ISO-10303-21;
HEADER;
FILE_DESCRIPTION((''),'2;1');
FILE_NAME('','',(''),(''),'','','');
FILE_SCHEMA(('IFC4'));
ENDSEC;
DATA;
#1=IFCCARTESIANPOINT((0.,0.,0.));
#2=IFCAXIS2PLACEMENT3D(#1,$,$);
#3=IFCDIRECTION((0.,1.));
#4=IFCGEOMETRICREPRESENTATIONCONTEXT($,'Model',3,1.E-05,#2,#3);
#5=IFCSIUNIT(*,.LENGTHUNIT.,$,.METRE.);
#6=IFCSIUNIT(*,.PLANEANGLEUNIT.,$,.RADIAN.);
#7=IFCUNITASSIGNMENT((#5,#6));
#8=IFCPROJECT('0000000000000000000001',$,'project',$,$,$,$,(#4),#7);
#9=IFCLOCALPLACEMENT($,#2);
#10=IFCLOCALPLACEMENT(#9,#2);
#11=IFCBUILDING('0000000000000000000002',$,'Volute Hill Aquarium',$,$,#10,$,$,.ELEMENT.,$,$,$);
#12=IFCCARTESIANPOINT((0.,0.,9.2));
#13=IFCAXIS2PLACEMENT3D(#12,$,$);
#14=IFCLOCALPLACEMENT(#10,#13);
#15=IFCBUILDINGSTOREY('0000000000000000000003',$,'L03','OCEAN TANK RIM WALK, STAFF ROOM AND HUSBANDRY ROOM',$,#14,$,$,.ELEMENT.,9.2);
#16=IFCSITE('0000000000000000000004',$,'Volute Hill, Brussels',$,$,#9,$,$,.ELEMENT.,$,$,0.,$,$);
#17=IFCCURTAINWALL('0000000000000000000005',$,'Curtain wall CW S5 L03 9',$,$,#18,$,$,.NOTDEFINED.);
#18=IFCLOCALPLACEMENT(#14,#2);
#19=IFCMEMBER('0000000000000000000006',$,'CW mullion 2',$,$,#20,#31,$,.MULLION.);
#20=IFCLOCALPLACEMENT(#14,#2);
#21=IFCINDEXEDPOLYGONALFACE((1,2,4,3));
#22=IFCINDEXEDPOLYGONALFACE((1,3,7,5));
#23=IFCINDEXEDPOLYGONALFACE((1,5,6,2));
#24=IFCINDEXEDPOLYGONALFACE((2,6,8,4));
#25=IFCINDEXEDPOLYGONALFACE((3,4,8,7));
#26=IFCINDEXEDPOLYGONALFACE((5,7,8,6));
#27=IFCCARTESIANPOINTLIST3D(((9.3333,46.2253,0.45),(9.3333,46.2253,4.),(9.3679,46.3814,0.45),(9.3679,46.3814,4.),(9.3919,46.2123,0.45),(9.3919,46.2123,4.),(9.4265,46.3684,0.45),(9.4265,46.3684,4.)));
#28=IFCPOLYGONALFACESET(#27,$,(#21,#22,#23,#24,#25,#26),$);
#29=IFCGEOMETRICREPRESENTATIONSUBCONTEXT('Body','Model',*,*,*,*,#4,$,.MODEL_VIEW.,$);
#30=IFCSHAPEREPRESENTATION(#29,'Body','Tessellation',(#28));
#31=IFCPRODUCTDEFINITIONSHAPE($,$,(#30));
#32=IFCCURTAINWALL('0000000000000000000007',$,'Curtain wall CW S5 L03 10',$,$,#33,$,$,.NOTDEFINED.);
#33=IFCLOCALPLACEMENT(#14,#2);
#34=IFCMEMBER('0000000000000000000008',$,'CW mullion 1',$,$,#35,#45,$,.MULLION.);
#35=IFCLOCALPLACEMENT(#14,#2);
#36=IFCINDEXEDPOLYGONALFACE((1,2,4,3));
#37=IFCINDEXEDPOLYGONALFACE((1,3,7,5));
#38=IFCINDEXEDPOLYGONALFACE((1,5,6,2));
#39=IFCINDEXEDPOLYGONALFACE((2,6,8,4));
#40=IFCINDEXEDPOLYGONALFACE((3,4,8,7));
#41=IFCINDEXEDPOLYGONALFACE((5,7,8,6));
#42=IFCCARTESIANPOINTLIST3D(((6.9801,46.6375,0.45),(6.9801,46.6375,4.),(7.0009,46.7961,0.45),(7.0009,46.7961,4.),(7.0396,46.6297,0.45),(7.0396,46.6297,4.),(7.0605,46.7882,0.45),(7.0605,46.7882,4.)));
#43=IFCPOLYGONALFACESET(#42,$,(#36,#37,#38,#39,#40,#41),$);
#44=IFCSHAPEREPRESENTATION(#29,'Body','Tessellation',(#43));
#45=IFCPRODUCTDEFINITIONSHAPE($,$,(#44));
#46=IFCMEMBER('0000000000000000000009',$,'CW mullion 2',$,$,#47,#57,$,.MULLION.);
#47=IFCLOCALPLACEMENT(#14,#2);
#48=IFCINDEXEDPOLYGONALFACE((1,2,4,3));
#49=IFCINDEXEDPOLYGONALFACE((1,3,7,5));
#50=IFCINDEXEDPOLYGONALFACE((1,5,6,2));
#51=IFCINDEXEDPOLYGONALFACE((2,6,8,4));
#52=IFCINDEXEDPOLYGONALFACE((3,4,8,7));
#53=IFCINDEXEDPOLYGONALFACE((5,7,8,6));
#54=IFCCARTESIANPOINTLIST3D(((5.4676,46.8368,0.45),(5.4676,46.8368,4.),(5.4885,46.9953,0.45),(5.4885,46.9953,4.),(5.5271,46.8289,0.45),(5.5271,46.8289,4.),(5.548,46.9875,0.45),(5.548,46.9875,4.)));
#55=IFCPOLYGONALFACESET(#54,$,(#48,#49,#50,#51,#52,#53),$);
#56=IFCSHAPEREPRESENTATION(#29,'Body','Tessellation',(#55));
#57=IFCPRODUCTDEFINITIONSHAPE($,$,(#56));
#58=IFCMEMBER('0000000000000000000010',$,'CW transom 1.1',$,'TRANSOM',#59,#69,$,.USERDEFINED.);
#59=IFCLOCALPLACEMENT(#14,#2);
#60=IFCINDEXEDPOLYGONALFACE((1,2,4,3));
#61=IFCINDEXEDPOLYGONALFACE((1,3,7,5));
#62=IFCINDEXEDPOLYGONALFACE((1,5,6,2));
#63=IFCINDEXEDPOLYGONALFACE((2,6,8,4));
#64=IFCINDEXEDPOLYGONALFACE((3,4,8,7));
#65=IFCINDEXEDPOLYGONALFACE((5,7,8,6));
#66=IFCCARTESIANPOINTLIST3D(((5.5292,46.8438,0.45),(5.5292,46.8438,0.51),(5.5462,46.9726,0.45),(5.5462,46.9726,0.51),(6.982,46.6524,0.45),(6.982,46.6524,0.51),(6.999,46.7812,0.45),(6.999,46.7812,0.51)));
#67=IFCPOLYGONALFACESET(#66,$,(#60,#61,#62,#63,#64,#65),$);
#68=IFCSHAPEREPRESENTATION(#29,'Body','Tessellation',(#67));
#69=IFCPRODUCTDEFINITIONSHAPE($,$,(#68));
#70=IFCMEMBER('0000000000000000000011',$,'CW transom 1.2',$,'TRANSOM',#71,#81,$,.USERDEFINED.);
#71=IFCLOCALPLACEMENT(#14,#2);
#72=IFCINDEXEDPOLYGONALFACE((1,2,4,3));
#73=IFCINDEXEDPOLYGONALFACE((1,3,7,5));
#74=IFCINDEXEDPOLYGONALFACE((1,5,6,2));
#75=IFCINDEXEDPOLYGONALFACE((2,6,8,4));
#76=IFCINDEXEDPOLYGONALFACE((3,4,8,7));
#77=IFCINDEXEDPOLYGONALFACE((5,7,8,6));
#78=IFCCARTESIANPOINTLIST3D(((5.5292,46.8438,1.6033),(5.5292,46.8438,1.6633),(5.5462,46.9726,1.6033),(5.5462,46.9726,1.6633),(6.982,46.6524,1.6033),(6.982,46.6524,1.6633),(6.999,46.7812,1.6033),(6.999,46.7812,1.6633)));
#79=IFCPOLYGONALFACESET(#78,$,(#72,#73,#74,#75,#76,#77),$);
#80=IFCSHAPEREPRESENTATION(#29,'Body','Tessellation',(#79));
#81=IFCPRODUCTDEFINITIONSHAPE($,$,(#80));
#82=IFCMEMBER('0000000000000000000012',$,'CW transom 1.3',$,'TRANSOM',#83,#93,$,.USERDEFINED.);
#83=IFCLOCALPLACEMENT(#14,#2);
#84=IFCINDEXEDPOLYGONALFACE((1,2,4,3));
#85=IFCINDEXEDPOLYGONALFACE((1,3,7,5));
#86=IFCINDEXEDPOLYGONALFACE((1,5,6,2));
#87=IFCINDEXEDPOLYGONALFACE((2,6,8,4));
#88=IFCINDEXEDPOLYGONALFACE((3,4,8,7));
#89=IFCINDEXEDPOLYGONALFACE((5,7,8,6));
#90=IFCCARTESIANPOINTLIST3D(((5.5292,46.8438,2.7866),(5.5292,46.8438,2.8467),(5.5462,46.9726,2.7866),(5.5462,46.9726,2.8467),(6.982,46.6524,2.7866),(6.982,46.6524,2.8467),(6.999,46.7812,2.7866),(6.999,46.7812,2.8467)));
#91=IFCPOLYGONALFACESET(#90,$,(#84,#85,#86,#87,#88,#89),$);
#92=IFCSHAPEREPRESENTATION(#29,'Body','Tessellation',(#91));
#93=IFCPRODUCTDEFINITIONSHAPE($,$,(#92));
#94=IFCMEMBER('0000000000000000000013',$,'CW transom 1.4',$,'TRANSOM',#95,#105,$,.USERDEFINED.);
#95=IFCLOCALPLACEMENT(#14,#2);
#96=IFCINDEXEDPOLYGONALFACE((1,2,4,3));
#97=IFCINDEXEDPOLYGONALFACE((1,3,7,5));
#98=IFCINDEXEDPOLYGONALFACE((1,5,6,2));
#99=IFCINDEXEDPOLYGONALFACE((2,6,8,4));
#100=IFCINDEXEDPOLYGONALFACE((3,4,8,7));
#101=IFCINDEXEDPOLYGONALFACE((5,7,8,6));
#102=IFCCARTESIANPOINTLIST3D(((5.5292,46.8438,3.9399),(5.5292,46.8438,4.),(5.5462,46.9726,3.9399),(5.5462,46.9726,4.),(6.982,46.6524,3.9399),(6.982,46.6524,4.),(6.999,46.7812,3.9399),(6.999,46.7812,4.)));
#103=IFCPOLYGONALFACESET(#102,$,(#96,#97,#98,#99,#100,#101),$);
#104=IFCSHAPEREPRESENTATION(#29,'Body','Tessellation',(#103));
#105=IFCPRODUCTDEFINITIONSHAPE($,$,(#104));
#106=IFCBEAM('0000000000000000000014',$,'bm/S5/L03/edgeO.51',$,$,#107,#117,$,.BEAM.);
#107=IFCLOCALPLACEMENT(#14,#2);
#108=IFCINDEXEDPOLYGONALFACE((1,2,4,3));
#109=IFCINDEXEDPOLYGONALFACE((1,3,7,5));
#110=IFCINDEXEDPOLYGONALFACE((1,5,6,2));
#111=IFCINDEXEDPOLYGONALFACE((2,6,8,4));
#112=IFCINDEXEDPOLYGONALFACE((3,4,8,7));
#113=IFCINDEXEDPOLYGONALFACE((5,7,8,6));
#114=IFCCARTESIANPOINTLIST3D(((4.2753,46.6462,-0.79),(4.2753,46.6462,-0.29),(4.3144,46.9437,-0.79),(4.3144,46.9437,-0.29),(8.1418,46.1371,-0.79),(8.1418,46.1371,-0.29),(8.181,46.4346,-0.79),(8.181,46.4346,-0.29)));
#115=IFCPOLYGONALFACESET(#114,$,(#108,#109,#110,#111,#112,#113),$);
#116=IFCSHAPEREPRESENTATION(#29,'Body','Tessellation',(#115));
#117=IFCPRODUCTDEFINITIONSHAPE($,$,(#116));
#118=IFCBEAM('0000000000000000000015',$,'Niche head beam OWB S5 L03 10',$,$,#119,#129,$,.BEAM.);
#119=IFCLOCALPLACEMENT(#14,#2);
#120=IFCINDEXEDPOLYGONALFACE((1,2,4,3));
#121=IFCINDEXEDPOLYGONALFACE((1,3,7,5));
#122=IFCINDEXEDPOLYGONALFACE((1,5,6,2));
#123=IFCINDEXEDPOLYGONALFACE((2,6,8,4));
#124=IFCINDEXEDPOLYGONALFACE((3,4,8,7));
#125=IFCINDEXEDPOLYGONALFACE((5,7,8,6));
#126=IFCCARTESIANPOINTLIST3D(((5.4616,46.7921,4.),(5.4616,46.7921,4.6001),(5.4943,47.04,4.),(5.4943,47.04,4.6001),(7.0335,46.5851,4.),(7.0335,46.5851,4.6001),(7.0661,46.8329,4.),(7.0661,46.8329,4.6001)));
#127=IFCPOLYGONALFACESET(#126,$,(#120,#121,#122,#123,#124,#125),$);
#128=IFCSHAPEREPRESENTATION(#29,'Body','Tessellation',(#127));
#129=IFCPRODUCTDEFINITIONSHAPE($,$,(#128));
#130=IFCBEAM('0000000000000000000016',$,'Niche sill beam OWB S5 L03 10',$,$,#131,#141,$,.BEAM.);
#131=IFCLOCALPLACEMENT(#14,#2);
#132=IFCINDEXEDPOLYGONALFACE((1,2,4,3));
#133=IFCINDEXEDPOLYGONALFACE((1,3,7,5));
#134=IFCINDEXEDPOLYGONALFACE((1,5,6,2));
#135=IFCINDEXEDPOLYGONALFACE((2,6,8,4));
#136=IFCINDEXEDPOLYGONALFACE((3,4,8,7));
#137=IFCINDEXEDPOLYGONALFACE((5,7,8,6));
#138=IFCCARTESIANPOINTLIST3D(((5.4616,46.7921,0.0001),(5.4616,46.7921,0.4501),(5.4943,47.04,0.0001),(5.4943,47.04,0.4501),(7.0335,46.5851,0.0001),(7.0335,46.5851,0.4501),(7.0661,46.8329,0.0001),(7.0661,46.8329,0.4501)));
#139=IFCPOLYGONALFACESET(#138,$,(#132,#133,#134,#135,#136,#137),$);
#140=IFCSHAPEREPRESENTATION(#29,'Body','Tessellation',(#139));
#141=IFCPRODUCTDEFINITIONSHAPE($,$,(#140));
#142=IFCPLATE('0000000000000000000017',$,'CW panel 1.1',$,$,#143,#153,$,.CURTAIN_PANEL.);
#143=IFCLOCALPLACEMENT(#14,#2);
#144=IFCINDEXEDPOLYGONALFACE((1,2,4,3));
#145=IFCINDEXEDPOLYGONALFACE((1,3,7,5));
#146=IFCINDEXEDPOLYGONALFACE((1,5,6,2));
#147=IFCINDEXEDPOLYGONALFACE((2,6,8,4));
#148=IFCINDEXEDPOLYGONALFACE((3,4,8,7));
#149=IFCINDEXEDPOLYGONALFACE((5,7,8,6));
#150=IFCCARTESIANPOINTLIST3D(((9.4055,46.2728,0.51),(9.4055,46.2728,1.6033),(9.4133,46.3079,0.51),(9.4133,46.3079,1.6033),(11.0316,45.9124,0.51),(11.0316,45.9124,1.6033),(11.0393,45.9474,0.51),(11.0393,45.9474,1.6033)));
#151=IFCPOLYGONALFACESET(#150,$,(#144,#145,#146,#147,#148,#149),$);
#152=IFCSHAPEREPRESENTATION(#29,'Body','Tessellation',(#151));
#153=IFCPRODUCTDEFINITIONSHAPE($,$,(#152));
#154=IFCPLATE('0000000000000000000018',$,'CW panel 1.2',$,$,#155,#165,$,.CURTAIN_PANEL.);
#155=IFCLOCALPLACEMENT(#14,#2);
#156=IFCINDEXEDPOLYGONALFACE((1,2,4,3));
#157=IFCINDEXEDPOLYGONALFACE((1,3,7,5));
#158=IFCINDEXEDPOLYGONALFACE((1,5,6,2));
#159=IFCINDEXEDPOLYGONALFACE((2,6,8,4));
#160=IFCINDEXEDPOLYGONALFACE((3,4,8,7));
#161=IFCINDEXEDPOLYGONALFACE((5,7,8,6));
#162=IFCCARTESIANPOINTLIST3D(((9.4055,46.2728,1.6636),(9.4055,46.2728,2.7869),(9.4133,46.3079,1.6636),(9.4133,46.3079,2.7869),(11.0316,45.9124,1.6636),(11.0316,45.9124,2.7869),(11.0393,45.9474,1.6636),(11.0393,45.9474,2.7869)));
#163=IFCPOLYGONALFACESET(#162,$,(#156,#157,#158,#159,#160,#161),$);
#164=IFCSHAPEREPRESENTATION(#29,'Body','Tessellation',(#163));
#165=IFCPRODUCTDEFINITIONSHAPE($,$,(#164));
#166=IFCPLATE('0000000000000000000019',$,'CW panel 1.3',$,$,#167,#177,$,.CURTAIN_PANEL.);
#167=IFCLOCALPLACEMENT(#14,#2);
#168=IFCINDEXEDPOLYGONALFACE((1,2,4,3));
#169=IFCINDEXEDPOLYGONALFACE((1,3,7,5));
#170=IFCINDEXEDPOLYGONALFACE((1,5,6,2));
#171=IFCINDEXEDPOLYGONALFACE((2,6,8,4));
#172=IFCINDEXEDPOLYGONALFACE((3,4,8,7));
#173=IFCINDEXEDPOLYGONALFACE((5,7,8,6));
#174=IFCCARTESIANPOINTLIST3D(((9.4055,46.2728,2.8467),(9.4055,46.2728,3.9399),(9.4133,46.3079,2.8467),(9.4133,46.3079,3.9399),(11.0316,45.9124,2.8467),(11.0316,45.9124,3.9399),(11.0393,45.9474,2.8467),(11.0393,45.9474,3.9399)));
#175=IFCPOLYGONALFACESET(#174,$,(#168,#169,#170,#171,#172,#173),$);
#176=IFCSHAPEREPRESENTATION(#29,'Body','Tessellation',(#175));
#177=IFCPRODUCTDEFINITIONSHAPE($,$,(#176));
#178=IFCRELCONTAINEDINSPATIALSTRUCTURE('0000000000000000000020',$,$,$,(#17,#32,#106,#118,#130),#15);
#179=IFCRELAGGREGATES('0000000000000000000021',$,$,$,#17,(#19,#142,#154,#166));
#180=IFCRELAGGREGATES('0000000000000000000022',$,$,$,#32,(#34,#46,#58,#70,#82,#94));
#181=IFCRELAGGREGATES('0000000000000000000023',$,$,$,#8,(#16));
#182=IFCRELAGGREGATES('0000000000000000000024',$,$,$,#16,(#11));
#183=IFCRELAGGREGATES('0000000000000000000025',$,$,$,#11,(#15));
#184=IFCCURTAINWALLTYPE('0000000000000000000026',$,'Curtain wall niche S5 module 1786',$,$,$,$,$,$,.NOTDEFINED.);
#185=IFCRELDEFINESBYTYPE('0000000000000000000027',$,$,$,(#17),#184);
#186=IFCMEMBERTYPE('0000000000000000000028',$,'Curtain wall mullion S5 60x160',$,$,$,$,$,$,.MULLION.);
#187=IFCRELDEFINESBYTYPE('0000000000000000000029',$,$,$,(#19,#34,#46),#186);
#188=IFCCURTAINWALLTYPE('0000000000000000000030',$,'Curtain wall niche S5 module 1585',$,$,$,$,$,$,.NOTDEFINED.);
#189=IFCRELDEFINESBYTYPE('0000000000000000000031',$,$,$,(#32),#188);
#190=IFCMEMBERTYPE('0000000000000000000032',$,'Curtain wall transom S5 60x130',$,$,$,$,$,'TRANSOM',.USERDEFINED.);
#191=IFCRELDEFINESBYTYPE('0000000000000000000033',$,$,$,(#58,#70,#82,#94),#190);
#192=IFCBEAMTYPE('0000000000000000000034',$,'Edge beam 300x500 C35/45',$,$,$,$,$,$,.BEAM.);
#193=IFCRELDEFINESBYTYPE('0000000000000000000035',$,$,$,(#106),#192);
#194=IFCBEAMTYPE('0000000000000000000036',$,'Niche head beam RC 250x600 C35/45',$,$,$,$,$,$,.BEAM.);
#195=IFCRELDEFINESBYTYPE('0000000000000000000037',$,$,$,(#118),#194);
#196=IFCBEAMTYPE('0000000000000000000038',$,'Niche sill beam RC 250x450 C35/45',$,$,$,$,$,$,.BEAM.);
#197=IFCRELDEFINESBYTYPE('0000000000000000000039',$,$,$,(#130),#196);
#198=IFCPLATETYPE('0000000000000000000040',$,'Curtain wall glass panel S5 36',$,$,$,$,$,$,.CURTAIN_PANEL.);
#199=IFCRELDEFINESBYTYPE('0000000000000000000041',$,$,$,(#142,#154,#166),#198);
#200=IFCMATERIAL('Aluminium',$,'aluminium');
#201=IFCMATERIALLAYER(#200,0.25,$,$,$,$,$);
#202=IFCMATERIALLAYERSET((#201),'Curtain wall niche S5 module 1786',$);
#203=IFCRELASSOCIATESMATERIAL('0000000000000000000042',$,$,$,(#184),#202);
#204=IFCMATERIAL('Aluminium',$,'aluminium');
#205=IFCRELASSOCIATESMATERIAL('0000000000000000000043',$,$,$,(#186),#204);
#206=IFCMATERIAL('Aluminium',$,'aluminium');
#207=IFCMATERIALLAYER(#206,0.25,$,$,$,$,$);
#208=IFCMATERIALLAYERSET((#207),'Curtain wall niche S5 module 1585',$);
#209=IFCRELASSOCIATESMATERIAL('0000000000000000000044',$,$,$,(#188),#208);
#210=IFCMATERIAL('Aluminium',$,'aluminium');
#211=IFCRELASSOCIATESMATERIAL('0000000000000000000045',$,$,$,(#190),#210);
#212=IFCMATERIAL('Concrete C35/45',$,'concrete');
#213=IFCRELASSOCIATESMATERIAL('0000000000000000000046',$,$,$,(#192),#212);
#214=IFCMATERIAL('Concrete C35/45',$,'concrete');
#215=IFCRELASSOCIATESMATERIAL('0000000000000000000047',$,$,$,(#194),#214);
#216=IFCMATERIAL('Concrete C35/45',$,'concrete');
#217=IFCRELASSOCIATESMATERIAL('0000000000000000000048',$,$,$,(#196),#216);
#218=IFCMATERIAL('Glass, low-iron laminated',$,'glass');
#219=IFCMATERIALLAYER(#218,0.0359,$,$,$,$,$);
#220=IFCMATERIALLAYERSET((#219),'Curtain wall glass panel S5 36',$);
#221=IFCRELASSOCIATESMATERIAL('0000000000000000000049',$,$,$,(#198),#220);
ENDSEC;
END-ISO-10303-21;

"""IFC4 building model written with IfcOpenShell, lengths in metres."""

from ifc_helpers import new_model, si_unit, direction, frame, origin, origin_2d, place, context, subcontext, project, spatial, rectangle, extrude, material, layer, layer_set, material_profile, profile_set, type_object, element, aggregate, save


model = new_model("IFC4")

# Units and contexts
model_context = context("Model", 3, precision=1e-05, world=origin(), true_north=direction((0.0, 1.0)))
body_context = subcontext(model_context, "Body", "Model", "MODEL_VIEW")
ifc_project = project(units=[si_unit("LENGTHUNIT", "METRE"), si_unit("PLANEANGLEUNIT", "RADIAN")], contexts=[model_context])

# Site, building, storey
site_placement = place(None, origin())
site = spatial("IfcSite", under=ifc_project, at=site_placement, Name="Volute Hill, Brussels", CompositionType="ELEMENT", RefElevation=0.0)
building_placement = place(site_placement, origin())
building = spatial("IfcBuilding", under=site, at=building_placement, Name="Volute Hill Aquarium", CompositionType="ELEMENT")
storey_placement = place(building_placement, frame((0.0, 0.0, 9.2)))
storey = spatial("IfcBuildingStorey", under=building, at=storey_placement, Name="L03", Description="OCEAN TANK RIM WALK, STAFF ROOM AND HUSBANDRY ROOM", CompositionType="ELEMENT", Elevation=9.2)

# Curtain wall, member
ifc_material_1 = material(Name="Aluminium", Category="aluminium")
ifc_layer_1 = layer(ifc_material_1, 0.25)
ifc_layer_set_1 = layer_set([ifc_layer_1], Name="Curtain wall niche S5 module 1786")
curtain_wall_type_1 = type_object("IfcCurtainWallType", Name="Curtain wall niche S5 module 1786", PredefinedType="NOTDEFINED", material=ifc_layer_set_1)
curtain_wall_1_placement = place(storey_placement, origin())
curtain_wall_1 = element("IfcCurtainWall", 1, at=curtain_wall_1_placement, inside=storey, type_object=curtain_wall_type_1, Name="Curtain wall CW S5 L03 9", PredefinedType="NOTDEFINED")
ifc_material_2 = material(Name="Aluminium", Category="aluminium")
ifc_material_profile_1 = material_profile(ifc_material_2, rectangle(XDim=0.1599, YDim=0.0601, at=origin_2d()), Name="Curtain wall mullion S5 60x160")
ifc_profile_set_1 = profile_set([ifc_material_profile_1], Name="Aluminium")
member_type_1 = type_object("IfcMemberType", Name="Curtain wall mullion S5 60x160", PredefinedType="MULLION", material=ifc_profile_set_1)
member_1_placement = place(storey_placement, frame((9.3799, 46.2969, 0.45), z_axis=(0.0, 0.0, 1.0), x_axis=(-0.216422, -0.9763, 0.0)))
member_1 = element("IfcMember", 2, at=member_1_placement, type_object=member_type_1, Name="CW mullion 2", PredefinedType="MULLION", context=body_context, shape_type="SweptSolid", body=[
    extrude(rectangle(XDim=0.1599, YDim=0.0601, at=origin_2d()), origin(), (0.0, 0.0, 1.0), 3.55),
])

# Curtain wall, members
ifc_material_3 = material(Name="Aluminium", Category="aluminium")
ifc_layer_2 = layer(ifc_material_3, 0.25)
ifc_layer_set_2 = layer_set([ifc_layer_2], Name="Curtain wall niche S5 module 1585")
curtain_wall_type_2 = type_object("IfcCurtainWallType", Name="Curtain wall niche S5 module 1585", PredefinedType="NOTDEFINED", material=ifc_layer_set_2)
curtain_wall_2_placement = place(storey_placement, origin())
curtain_wall_2 = element("IfcCurtainWall", 3, at=curtain_wall_2_placement, inside=storey, type_object=curtain_wall_type_2, Name="Curtain wall CW S5 L03 10", PredefinedType="NOTDEFINED")
member_2_placement = place(storey_placement, frame((7.0203, 46.7129, 0.45), z_axis=(0.0, 0.0, 1.0), x_axis=(-0.130539, -0.991443, 0.0)))
member_2 = element("IfcMember", 4, at=member_2_placement, type_object=member_type_1, Name="CW mullion 1", PredefinedType="MULLION", context=body_context, shape_type="SweptSolid", body=[
    extrude(rectangle(XDim=0.1599, YDim=0.0601, at=origin_2d()), origin(), (0.0, 0.0, 1.0), 3.55),
])
member_3_placement = place(storey_placement, frame((5.5078, 46.9121, 0.45), z_axis=(0.0, 0.0, 1.0), x_axis=(-0.130539, -0.991443, 0.0)))
member_3 = element("IfcMember", 5, at=member_3_placement, type_object=member_type_1, Name="CW mullion 2", PredefinedType="MULLION", context=body_context, shape_type="SweptSolid", body=[
    extrude(rectangle(XDim=0.1599, YDim=0.0601, at=origin_2d()), origin(), (0.0, 0.0, 1.0), 3.55),
])
ifc_material_4 = material(Name="Aluminium", Category="aluminium")
ifc_material_profile_2 = material_profile(ifc_material_4, rectangle(XDim=0.1299, YDim=0.0601, at=origin_2d()), Name="Curtain wall transom S5 60x130")
ifc_profile_set_2 = profile_set([ifc_material_profile_2], Name="Aluminium")
member_type_2 = type_object("IfcMemberType", Name="Curtain wall transom S5 60x130", ElementType="TRANSOM", PredefinedType="USERDEFINED", material=ifc_profile_set_2)
member_4_placement = place(storey_placement, frame((6.9905, 46.7168, 0.48), z_axis=(-0.991433, 0.130614, 0.0), x_axis=(-0.130614, -0.991433, 0.0)))
member_4 = element("IfcMember", 6, at=member_4_placement, type_object=member_type_2, Name="CW transom 1.1", ObjectType="TRANSOM", PredefinedType="USERDEFINED", context=body_context, shape_type="SweptSolid", body=[
    extrude(rectangle(XDim=0.1299, YDim=0.0601, at=origin_2d()), origin(), (0.0, 0.0, 1.0), 1.4653),
])
member_5_placement = place(storey_placement, frame((6.9905, 46.7168, 1.6333), z_axis=(-0.991433, 0.130614, 0.0), x_axis=(-0.130614, -0.991433, 0.0)))
member_5 = element("IfcMember", 7, at=member_5_placement, type_object=member_type_2, Name="CW transom 1.2", ObjectType="TRANSOM", PredefinedType="USERDEFINED", context=body_context, shape_type="SweptSolid", body=[
    extrude(rectangle(XDim=0.1299, YDim=0.0601, at=origin_2d()), origin(), (0.0, 0.0, 1.0), 1.4653),
])
member_6_placement = place(storey_placement, frame((6.9905, 46.7168, 2.8167), z_axis=(-0.991433, 0.130614, 0.0), x_axis=(-0.130614, -0.991433, 0.0)))
member_6 = element("IfcMember", 8, at=member_6_placement, type_object=member_type_2, Name="CW transom 1.3", ObjectType="TRANSOM", PredefinedType="USERDEFINED", context=body_context, shape_type="SweptSolid", body=[
    extrude(rectangle(XDim=0.1299, YDim=0.0601, at=origin_2d()), origin(), (0.0, 0.0, 1.0), 1.4653),
])
member_7_placement = place(storey_placement, frame((6.9905, 46.7168, 3.97), z_axis=(-0.991433, 0.130614, 0.0), x_axis=(-0.130614, -0.991433, 0.0)))
member_7 = element("IfcMember", 9, at=member_7_placement, type_object=member_type_2, Name="CW transom 1.4", ObjectType="TRANSOM", PredefinedType="USERDEFINED", context=body_context, shape_type="SweptSolid", body=[
    extrude(rectangle(XDim=0.1299, YDim=0.0601, at=origin_2d()), origin(), (0.0, 0.0, 1.0), 1.4653),
])

# Beams
ifc_material_5 = material(Name="Concrete C35/45", Category="concrete")
ifc_material_profile_3 = material_profile(ifc_material_5, rectangle(XDim=0.3, YDim=0.5, at=origin_2d()), Name="RC edge beam 300x500")
ifc_profile_set_3 = profile_set([ifc_material_profile_3], Name="Concrete C35/45")
beam_type_1 = type_object("IfcBeamType", Name="Edge beam 300x500 C35/45", PredefinedType="BEAM", material=ifc_profile_set_3)
beam_1_placement = place(storey_placement, frame((8.1614, 46.2859, -0.54), z_axis=(-0.991445, 0.130527, 0.0), x_axis=(-0.130527, -0.991445, 0.0)))
element("IfcBeam", 10, at=beam_1_placement, inside=storey, type_object=beam_type_1, Name="bm/S5/L03/edgeO.51", PredefinedType="BEAM", context=body_context, shape_type="SweptSolid", body=[
    extrude(rectangle(XDim=0.3, YDim=0.5, at=origin_2d()), origin(), (0.0, 0.0, 1.0), 3.8999),
])
ifc_material_6 = material(Name="Concrete C35/45", Category="concrete")
ifc_material_profile_4 = material_profile(ifc_material_6, rectangle(XDim=0.25, YDim=0.6001, at=origin_2d()), Name="RC beam 250x600")
ifc_profile_set_4 = profile_set([ifc_material_profile_4], Name="Concrete C35/45")
beam_type_2 = type_object("IfcBeamType", Name="Niche head beam RC 250x600 C35/45", PredefinedType="BEAM", material=ifc_profile_set_4)
beam_2_placement = place(storey_placement, frame((7.0498, 46.709, 4.3), z_axis=(-0.991436, 0.13059, 0.0), x_axis=(-0.13059, -0.991436, 0.0)))
element("IfcBeam", 11, at=beam_2_placement, inside=storey, type_object=beam_type_2, Name="Niche head beam OWB S5 L03 10", PredefinedType="BEAM", context=body_context, shape_type="SweptSolid", body=[
    extrude(rectangle(XDim=0.25, YDim=0.6001, at=origin_2d()), origin(), (0.0, 0.0, 1.0), 1.5854),
])
ifc_material_7 = material(Name="Concrete C35/45", Category="concrete")
ifc_material_profile_5 = material_profile(ifc_material_7, rectangle(XDim=0.25, YDim=0.45, at=origin_2d()), Name="RC beam 250x450")
ifc_profile_set_5 = profile_set([ifc_material_profile_5], Name="Concrete C35/45")
beam_type_3 = type_object("IfcBeamType", Name="Niche sill beam RC 250x450 C35/45", PredefinedType="BEAM", material=ifc_profile_set_5)
beam_3_placement = place(storey_placement, frame((7.0498, 46.709, 0.2251), z_axis=(-0.991436, 0.13059, 0.0), x_axis=(-0.13059, -0.991436, 0.0)))
element("IfcBeam", 12, at=beam_3_placement, inside=storey, type_object=beam_type_3, Name="Niche sill beam OWB S5 L03 10", PredefinedType="BEAM", context=body_context, shape_type="SweptSolid", body=[
    extrude(rectangle(XDim=0.25, YDim=0.45, at=origin_2d()), origin(), (0.0, 0.0, 1.0), 1.5854),
])

# Plates
ifc_material_8 = material(Name="Glass, low-iron laminated", Category="glass")
ifc_layer_3 = layer(ifc_material_8, 0.0359)
ifc_layer_set_3 = layer_set([ifc_layer_3], Name="Curtain wall glass panel S5 36")
plate_type = type_object("IfcPlateType", Name="Curtain wall glass panel S5 36", PredefinedType="CURTAIN_PANEL", material=ifc_layer_set_3)
plate_1_placement = place(storey_placement, frame((10.2224, 46.1101, 0.51), z_axis=(0.0, 0.0, 1.0), x_axis=(-0.9763, 0.216422, 0.0)))
plate_1 = element("IfcPlate", 13, at=plate_1_placement, type_object=plate_type, Name="CW panel 1.1", PredefinedType="CURTAIN_PANEL", context=body_context, shape_type="SweptSolid", body=[
    extrude(rectangle(XDim=1.6655, YDim=0.0359, at=origin_2d()), origin(), (0.0, 0.0, 1.0), 1.0933),
])
plate_2_placement = place(storey_placement, frame((10.2224, 46.1101, 1.6636), z_axis=(0.0, 0.0, 1.0), x_axis=(-0.9763, 0.216422, 0.0)))
plate_2 = element("IfcPlate", 14, at=plate_2_placement, type_object=plate_type, Name="CW panel 1.2", PredefinedType="CURTAIN_PANEL", context=body_context, shape_type="SweptSolid", body=[
    extrude(rectangle(XDim=1.6655, YDim=0.0359, at=origin_2d()), origin(), (0.0, 0.0, 1.0), 1.1233),
])
plate_3_placement = place(storey_placement, frame((10.2224, 46.1101, 2.8467), z_axis=(0.0, 0.0, 1.0), x_axis=(-0.9763, 0.216422, 0.0)))
plate_3 = element("IfcPlate", 15, at=plate_3_placement, type_object=plate_type, Name="CW panel 1.3", PredefinedType="CURTAIN_PANEL", context=body_context, shape_type="SweptSolid", body=[
    extrude(rectangle(XDim=1.6655, YDim=0.0359, at=origin_2d()), origin(), (0.0, 0.0, 1.0), 1.0933),
])
aggregate(curtain_wall_1, [member_1, plate_1, plate_2, plate_3])
aggregate(curtain_wall_2, [member_2, member_3, member_4, member_5, member_6, member_7])

save(model, "model.ifc")
